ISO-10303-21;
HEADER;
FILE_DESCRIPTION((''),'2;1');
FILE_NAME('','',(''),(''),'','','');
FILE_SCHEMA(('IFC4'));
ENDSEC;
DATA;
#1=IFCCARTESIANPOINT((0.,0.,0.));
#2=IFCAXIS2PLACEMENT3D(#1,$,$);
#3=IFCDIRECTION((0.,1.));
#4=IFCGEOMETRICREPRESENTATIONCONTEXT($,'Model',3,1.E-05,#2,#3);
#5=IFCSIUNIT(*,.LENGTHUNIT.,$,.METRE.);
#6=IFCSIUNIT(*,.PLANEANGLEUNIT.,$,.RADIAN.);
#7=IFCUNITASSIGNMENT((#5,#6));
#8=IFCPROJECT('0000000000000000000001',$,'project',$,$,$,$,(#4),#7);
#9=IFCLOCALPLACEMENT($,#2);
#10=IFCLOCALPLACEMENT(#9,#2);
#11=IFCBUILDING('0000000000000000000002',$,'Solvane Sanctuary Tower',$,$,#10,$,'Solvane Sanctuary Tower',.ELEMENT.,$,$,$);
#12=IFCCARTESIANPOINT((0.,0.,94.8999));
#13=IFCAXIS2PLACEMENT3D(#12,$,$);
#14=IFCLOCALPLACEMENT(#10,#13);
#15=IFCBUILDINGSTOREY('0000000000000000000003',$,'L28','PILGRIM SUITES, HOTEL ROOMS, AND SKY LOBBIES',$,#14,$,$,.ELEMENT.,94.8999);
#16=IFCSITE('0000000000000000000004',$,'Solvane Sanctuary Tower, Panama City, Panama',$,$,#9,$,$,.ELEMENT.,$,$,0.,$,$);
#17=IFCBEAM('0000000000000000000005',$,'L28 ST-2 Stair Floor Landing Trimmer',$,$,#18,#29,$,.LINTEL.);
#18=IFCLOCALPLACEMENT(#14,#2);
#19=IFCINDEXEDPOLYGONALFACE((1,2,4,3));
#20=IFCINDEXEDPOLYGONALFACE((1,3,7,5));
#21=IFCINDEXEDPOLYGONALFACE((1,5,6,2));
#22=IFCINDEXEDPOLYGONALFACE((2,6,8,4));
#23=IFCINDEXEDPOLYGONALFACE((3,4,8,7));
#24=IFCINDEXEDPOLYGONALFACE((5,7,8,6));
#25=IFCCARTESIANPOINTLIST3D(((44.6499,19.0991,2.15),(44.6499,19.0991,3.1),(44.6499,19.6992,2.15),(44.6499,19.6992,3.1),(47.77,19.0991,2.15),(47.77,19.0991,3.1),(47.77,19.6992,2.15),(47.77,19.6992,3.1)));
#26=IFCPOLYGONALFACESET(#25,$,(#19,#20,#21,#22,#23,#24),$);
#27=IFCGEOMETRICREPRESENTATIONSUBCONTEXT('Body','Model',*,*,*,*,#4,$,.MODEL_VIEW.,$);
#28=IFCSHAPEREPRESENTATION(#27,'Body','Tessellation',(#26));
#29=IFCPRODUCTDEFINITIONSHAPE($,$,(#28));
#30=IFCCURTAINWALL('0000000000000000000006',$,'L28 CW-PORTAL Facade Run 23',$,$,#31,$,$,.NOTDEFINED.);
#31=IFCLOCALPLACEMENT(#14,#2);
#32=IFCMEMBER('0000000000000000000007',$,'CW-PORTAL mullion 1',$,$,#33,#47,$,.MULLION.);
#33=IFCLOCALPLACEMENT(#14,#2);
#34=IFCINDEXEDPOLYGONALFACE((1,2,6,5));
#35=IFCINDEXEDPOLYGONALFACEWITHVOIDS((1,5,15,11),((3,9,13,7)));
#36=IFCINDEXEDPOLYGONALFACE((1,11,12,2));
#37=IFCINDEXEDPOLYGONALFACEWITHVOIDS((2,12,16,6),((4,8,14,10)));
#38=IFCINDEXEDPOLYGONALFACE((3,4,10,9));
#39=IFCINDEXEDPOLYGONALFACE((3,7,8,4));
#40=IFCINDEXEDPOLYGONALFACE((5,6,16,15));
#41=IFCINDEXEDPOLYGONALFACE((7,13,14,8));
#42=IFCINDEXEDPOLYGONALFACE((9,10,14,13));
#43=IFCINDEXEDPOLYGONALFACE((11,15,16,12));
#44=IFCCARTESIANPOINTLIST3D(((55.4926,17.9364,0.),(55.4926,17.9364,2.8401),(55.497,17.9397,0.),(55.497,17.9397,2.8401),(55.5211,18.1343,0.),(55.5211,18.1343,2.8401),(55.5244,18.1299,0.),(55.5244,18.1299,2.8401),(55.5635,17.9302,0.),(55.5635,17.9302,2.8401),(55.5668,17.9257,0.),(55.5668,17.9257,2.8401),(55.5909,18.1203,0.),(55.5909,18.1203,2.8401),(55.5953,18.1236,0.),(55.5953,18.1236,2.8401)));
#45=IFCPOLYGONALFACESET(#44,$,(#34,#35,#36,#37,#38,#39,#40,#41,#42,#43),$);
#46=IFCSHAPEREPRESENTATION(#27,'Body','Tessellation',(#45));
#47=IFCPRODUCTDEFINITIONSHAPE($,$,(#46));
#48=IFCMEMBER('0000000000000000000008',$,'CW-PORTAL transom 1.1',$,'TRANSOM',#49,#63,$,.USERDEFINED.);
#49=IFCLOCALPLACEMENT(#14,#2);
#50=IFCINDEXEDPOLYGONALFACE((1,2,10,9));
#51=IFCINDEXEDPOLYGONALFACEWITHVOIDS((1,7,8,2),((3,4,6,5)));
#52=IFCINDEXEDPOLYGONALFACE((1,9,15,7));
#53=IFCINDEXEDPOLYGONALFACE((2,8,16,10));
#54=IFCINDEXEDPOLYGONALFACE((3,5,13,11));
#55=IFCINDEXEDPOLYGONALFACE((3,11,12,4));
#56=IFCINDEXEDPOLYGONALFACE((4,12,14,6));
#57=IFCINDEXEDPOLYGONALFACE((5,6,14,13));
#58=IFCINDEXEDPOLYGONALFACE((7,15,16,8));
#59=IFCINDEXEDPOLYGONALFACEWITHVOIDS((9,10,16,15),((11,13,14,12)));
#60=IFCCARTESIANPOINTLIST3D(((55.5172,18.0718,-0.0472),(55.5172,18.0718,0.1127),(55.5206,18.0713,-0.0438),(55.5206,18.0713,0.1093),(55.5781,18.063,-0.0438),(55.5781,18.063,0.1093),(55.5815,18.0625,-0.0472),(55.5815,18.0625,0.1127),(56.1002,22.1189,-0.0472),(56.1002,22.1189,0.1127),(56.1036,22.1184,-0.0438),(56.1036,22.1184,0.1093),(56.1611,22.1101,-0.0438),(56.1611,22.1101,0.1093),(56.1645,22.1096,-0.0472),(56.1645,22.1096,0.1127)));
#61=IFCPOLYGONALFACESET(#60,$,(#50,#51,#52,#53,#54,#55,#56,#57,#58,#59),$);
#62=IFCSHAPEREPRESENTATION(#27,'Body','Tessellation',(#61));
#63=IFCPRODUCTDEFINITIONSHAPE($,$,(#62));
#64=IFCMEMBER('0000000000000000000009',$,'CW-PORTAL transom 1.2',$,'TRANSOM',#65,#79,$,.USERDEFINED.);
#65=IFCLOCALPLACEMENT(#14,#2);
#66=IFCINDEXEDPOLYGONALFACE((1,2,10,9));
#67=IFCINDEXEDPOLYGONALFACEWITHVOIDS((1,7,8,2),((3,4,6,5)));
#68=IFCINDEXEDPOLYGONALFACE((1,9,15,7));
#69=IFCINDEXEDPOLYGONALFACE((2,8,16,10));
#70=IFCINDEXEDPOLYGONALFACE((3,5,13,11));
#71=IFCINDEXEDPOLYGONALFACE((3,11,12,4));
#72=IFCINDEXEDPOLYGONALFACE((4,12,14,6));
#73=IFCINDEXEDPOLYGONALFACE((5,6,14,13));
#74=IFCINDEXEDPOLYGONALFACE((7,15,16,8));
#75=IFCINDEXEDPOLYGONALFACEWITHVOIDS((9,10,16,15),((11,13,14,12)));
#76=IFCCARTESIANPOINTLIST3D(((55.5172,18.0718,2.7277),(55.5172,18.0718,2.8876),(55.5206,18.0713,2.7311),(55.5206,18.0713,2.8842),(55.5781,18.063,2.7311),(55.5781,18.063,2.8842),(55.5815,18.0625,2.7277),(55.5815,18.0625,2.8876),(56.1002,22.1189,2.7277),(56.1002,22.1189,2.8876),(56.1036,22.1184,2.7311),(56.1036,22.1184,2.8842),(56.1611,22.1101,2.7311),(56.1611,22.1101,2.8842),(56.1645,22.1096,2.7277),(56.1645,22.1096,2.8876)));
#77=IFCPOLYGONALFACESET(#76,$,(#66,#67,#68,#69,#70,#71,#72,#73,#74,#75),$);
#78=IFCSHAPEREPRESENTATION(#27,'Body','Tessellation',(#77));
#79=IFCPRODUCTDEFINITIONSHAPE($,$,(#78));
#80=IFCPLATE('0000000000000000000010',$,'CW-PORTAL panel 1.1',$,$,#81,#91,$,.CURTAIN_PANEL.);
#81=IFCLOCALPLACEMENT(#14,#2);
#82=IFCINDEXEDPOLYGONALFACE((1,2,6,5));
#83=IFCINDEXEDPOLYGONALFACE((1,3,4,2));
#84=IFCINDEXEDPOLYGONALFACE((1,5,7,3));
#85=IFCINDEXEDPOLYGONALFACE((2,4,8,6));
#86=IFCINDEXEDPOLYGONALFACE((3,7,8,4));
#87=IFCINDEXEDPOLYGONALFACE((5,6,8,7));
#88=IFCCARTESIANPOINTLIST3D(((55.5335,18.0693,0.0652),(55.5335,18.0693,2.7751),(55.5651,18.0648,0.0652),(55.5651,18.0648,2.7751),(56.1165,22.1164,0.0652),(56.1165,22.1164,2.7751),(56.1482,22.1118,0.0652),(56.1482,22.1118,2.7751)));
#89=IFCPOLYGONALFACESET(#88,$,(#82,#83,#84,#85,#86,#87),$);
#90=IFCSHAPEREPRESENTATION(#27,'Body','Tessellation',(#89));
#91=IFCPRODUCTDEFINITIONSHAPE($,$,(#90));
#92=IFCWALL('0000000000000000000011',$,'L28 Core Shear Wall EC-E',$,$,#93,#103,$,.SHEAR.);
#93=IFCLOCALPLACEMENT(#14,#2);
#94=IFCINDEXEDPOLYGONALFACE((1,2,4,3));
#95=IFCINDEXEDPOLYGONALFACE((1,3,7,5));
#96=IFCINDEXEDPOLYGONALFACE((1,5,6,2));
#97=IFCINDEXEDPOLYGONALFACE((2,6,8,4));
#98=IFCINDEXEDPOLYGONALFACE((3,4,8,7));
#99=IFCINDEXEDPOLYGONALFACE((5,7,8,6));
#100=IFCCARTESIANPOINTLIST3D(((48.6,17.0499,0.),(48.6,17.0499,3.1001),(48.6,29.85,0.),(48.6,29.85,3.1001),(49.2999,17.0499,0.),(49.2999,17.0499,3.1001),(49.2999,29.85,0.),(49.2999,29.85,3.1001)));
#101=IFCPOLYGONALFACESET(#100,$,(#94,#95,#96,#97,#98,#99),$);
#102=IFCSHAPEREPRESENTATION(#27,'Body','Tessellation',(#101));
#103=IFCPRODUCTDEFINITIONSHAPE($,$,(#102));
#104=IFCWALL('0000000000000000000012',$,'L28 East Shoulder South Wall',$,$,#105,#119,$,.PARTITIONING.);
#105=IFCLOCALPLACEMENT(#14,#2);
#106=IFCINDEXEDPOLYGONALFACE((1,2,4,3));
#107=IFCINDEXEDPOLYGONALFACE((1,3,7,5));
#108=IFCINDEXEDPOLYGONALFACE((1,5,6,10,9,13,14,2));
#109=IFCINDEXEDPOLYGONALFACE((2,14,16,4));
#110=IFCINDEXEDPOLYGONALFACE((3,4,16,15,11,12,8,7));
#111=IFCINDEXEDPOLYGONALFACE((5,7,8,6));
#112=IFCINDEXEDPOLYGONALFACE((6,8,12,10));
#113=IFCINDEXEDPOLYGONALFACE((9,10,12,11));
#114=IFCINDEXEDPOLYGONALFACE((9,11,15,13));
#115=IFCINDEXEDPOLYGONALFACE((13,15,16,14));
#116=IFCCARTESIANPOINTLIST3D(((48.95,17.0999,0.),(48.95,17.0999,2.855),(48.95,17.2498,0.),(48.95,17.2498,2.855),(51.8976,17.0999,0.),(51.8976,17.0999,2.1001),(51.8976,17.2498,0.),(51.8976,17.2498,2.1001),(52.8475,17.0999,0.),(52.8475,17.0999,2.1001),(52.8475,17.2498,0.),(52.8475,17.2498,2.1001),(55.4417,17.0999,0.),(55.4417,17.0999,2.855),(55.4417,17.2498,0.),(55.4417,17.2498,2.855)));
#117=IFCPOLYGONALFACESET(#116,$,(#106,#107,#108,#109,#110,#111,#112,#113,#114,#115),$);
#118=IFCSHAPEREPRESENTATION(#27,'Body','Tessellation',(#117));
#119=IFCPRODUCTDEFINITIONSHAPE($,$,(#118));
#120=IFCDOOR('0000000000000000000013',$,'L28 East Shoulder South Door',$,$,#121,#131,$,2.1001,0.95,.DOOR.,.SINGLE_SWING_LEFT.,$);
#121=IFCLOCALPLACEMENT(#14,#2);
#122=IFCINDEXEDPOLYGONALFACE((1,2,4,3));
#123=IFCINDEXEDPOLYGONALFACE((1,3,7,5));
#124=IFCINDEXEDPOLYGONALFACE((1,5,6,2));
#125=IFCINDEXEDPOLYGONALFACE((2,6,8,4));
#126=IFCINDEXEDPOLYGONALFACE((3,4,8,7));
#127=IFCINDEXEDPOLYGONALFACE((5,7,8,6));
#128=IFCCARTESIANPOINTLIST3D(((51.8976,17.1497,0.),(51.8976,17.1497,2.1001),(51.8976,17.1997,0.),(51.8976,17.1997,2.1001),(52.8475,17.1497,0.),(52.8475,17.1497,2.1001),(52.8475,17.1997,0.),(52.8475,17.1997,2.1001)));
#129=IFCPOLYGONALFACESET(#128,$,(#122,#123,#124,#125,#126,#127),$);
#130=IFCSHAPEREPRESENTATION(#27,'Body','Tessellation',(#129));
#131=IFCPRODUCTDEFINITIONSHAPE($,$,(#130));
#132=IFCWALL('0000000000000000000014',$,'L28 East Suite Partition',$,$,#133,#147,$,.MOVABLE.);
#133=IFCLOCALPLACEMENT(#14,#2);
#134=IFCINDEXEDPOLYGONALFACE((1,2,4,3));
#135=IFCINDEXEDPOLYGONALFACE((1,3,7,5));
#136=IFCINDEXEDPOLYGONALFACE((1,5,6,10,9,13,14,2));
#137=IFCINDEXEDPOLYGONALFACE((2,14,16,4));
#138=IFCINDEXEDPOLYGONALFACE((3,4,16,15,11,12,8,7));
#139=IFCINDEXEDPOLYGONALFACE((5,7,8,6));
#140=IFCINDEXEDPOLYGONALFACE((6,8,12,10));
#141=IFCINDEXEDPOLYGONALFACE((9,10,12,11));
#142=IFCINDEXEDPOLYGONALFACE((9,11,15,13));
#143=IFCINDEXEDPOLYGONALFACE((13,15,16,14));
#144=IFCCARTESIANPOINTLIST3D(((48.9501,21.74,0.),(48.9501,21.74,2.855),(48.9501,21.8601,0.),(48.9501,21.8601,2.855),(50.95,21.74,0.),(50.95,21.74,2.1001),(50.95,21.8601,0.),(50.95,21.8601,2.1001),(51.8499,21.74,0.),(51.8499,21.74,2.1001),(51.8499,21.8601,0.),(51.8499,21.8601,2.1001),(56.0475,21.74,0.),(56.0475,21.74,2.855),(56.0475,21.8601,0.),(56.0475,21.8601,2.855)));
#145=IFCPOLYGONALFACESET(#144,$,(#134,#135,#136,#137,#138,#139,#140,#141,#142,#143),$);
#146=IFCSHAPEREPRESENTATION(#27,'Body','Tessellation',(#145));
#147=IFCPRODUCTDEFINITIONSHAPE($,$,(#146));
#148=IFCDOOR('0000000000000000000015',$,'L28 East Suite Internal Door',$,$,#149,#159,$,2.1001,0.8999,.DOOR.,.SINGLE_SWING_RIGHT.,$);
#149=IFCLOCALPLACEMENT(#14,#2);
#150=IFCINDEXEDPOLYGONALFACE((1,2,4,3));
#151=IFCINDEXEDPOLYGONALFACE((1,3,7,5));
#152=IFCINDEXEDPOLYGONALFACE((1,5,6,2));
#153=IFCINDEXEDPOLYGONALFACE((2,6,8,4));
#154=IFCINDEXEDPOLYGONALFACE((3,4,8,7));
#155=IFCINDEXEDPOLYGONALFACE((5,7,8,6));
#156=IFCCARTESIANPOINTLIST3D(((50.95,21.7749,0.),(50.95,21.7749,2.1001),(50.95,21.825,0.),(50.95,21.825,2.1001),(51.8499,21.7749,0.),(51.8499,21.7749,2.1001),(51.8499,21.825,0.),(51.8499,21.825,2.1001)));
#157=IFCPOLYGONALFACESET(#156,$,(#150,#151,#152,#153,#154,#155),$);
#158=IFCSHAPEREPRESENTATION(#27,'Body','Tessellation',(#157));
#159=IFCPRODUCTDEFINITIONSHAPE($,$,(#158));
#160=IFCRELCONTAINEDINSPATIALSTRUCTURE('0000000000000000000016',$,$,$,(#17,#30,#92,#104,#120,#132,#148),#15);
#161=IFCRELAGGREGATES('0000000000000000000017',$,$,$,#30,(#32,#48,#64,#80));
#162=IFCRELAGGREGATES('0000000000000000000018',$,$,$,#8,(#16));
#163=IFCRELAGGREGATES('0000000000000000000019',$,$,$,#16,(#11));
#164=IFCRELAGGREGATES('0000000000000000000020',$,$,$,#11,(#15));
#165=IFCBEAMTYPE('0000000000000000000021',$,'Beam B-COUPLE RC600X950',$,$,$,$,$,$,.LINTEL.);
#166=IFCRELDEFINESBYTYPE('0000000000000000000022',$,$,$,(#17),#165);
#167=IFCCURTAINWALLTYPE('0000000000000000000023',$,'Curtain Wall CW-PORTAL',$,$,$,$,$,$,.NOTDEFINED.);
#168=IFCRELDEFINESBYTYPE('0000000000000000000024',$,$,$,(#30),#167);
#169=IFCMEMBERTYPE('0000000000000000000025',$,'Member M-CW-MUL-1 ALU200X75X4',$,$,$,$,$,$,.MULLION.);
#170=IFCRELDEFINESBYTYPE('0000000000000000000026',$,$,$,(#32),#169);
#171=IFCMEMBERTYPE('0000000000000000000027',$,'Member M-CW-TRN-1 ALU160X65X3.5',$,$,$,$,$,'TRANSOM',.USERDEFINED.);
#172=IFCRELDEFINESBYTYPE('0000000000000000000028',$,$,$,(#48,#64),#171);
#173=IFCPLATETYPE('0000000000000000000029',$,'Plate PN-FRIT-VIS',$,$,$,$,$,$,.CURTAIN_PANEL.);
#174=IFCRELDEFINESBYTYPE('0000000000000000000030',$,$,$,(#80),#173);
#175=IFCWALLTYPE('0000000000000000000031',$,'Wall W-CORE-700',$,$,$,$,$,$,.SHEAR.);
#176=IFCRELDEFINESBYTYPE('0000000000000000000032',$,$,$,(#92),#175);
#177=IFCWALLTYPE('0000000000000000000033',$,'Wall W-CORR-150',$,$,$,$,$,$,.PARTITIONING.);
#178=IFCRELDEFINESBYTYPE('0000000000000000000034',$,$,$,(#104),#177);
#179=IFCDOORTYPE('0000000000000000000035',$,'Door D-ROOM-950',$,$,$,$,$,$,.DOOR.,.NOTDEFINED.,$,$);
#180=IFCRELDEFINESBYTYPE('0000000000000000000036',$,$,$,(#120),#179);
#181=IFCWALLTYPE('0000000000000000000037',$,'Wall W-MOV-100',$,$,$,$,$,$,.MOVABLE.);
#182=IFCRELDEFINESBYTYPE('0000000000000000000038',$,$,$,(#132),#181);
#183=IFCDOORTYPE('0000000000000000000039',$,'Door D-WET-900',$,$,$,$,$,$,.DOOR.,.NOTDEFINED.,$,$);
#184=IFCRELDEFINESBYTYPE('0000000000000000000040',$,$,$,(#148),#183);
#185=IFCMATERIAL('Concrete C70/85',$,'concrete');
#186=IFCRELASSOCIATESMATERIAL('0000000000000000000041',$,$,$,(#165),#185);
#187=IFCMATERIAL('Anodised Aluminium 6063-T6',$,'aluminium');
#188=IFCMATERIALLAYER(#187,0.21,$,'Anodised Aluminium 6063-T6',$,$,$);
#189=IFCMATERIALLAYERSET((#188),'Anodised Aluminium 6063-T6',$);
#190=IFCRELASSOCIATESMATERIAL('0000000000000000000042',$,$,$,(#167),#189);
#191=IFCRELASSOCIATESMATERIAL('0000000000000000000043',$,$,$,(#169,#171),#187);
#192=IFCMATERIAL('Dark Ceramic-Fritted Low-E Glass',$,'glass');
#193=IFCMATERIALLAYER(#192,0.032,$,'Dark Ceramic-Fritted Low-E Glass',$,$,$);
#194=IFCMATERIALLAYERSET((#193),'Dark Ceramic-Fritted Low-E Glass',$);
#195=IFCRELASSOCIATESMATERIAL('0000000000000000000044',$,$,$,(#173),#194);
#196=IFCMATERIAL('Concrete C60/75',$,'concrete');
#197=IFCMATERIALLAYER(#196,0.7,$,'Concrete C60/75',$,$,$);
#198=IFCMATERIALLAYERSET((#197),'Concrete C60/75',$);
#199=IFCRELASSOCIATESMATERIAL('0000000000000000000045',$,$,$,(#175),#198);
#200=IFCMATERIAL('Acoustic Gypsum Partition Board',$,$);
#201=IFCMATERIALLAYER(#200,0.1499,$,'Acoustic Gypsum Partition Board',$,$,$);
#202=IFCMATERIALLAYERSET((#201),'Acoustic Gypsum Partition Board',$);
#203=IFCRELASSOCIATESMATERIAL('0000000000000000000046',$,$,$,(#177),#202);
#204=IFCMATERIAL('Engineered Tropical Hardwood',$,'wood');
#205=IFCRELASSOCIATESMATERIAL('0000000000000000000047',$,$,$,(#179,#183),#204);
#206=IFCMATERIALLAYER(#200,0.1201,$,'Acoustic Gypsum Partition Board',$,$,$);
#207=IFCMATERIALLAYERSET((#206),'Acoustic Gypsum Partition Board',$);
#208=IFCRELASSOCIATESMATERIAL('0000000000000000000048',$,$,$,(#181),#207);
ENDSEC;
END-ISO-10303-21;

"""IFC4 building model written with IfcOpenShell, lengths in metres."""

from ifc_helpers import new_model, si_unit, direction, frame, frame_2d, origin, origin_2d, place, context, subcontext, project, spatial, rectangle, hollow_rectangle, extrude, material, layer, layer_set, material_profile, profile_set, type_object, element, fill, aggregate, save


model = new_model("IFC4")

# Units and contexts
model_context = context("Model", 3, precision=1e-05, world=origin(), true_north=direction((0.0, 1.0)))
body_context = subcontext(model_context, "Body", "Model", "MODEL_VIEW")
ifc_project = project(units=[si_unit("LENGTHUNIT", "METRE"), si_unit("PLANEANGLEUNIT", "RADIAN")], contexts=[model_context])

# Site, building, storey
site_placement = place(None, origin())
site = spatial("IfcSite", under=ifc_project, at=site_placement, Name="Solvane Sanctuary Tower, Panama City, Panama", CompositionType="ELEMENT", RefElevation=0.0)
building_placement = place(site_placement, origin())
building = spatial("IfcBuilding", under=site, at=building_placement, Name="Solvane Sanctuary Tower", LongName="Solvane Sanctuary Tower", CompositionType="ELEMENT")
storey_placement = place(building_placement, frame((0.0, 0.0, 94.8999)))
storey = spatial("IfcBuildingStorey", under=building, at=storey_placement, Name="L28", Description="PILGRIM SUITES, HOTEL ROOMS, AND SKY LOBBIES", CompositionType="ELEMENT", Elevation=94.8999)

# Beam
ifc_material_1 = material(Name="Concrete C70/85", Category="concrete")
ifc_material_profile_1 = material_profile(ifc_material_1, rectangle(XDim=0.6001, YDim=0.95, at=origin_2d()), Name="RC600X950")
ifc_profile_set_1 = profile_set([ifc_material_profile_1], Name="Concrete C70/85")
beam_type = type_object("IfcBeamType", Name="Beam B-COUPLE RC600X950", PredefinedType="LINTEL", material=ifc_profile_set_1)
beam_placement = place(storey_placement, frame((44.6499, 19.3992, 2.625), z_axis=(1.0, 0.0, 0.0), x_axis=(0.0, 1.0, 0.0)))
element("IfcBeam", 1, at=beam_placement, inside=storey, type_object=beam_type, Name="L28 ST-2 Stair Floor Landing Trimmer", PredefinedType="LINTEL", context=body_context, shape_type="SweptSolid", body=[
    extrude(rectangle(XDim=0.6001, YDim=0.95, at=origin_2d()), origin(), (0.0, 0.0, 1.0), 3.1201),
])

# Curtain wall, members, plate
ifc_material_2 = material(Name="Anodised Aluminium 6063-T6", Category="aluminium")
ifc_layer_1 = layer(ifc_material_2, 0.21, Name="Anodised Aluminium 6063-T6")
ifc_layer_set_1 = layer_set([ifc_layer_1], Name="Anodised Aluminium 6063-T6")
curtain_wall_type = type_object("IfcCurtainWallType", Name="Curtain Wall CW-PORTAL", PredefinedType="NOTDEFINED", material=ifc_layer_set_1)
curtain_wall_placement = place(storey_placement, origin())
curtain_wall = element("IfcCurtainWall", 2, at=curtain_wall_placement, inside=storey, type_object=curtain_wall_type, Name="L28 CW-PORTAL Facade Run 23", PredefinedType="NOTDEFINED")
ifc_material_profile_2 = material_profile(ifc_material_2, hollow_rectangle(XDim=0.075, YDim=0.2, WallThickness=0.0039, at=origin_2d()), Name="ALU200X75X4")
ifc_profile_set_2 = profile_set([ifc_material_profile_2], Name="Anodised Aluminium 6063-T6")
member_type_1 = type_object("IfcMemberType", Name="Member M-CW-MUL-1 ALU200X75X4", PredefinedType="MULLION", material=ifc_profile_set_2)
member_1_placement = place(storey_placement, frame((55.5439, 18.03, 0.0), z_axis=(0.0, 0.0, 1.0), x_axis=(-0.989782, 0.142587, 0.0)))
member_1 = element("IfcMember", 3, at=member_1_placement, type_object=member_type_1, Name="CW-PORTAL mullion 1", PredefinedType="MULLION", context=body_context, shape_type="SweptSolid", body=[
    extrude(hollow_rectangle(XDim=0.075, YDim=0.2, WallThickness=0.0039, at=origin_2d()), origin(), (0.0, 0.0, 1.0), 2.8401),
])
ifc_material_profile_3 = material_profile(ifc_material_2, hollow_rectangle(XDim=0.0649, YDim=0.1599, WallThickness=0.0034, at=origin_2d()), Name="ALU160X65X3.5")
ifc_profile_set_3 = profile_set([ifc_material_profile_3], Name="Anodised Aluminium 6063-T6")
member_type_2 = type_object("IfcMemberType", Name="Member M-CW-TRN-1 ALU160X65X3.5", ElementType="TRANSOM", PredefinedType="USERDEFINED", material=ifc_profile_set_3)
member_2_placement = place(storey_placement, frame((55.5493, 18.0671, 0.0327), z_axis=(0.142583, 0.989783, 0.0), x_axis=(-0.989783, 0.142583, 0.0)))
member_2 = element("IfcMember", 4, at=member_2_placement, type_object=member_type_2, Name="CW-PORTAL transom 1.1", ObjectType="TRANSOM", PredefinedType="USERDEFINED", context=body_context, shape_type="SweptSolid", body=[
    extrude(hollow_rectangle(XDim=0.0649, YDim=0.1599, WallThickness=0.0034, at=origin_2d()), origin(), (0.0, 0.0, 1.0), 4.0889),
])
member_3_placement = place(storey_placement, frame((55.5493, 18.0671, 2.8076), z_axis=(0.142583, 0.989783, 0.0), x_axis=(-0.989783, 0.142583, 0.0)))
member_3 = element("IfcMember", 5, at=member_3_placement, type_object=member_type_2, Name="CW-PORTAL transom 1.2", ObjectType="TRANSOM", PredefinedType="USERDEFINED", context=body_context, shape_type="SweptSolid", body=[
    extrude(hollow_rectangle(XDim=0.0649, YDim=0.1599, WallThickness=0.0034, at=origin_2d()), origin(), (0.0, 0.0, 1.0), 4.0889),
])
ifc_material_3 = material(Name="Dark Ceramic-Fritted Low-E Glass", Category="glass")
ifc_layer_2 = layer(ifc_material_3, 0.032, Name="Dark Ceramic-Fritted Low-E Glass")
ifc_layer_set_2 = layer_set([ifc_layer_2], Name="Dark Ceramic-Fritted Low-E Glass")
plate_type = type_object("IfcPlateType", Name="Plate PN-FRIT-VIS", PredefinedType="CURTAIN_PANEL", material=ifc_layer_set_2)
plate_placement = place(storey_placement, frame((55.8408, 20.0906, 0.0652), z_axis=(0.0, 0.0, 1.0), x_axis=(0.142587, 0.989782, 0.0)))
plate = element("IfcPlate", 6, at=plate_placement, type_object=plate_type, Name="CW-PORTAL panel 1.1", PredefinedType="CURTAIN_PANEL", context=body_context, shape_type="SweptSolid", body=[
    extrude(rectangle(XDim=4.0889, YDim=0.032, at=origin_2d()), origin(), (0.0, 0.0, 1.0), 2.71),
])
aggregate(curtain_wall, [member_1, member_2, member_3, plate])

# Wall
ifc_material_4 = material(Name="Concrete C60/75", Category="concrete")
ifc_layer_3 = layer(ifc_material_4, 0.7, Name="Concrete C60/75")
ifc_layer_set_3 = layer_set([ifc_layer_3], Name="Concrete C60/75")
wall_type_1 = type_object("IfcWallType", Name="Wall W-CORE-700", PredefinedType="SHEAR", material=ifc_layer_set_3)
wall_1_placement = place(storey_placement, frame((48.95, 17.05, 0.0), z_axis=(0.0, 0.0, 1.0), x_axis=(0.0, 1.0, 0.0)))
element("IfcWall", 7, at=wall_1_placement, inside=storey, type_object=wall_type_1, Name="L28 Core Shear Wall EC-E", PredefinedType="SHEAR", context=body_context, shape_type="SweptSolid", body=[
    extrude(rectangle(XDim=12.8, YDim=0.7, at=frame_2d((6.3999, 0.0))), origin(), (0.0, 0.0, 1.0), 3.1001),
])

# Walls, openings, doors
ifc_material_5 = material(Name="Acoustic Gypsum Partition Board")
ifc_layer_4 = layer(ifc_material_5, 0.1499, Name="Acoustic Gypsum Partition Board")
ifc_layer_set_4 = layer_set([ifc_layer_4], Name="Acoustic Gypsum Partition Board")
wall_type_2 = type_object("IfcWallType", Name="Wall W-CORR-150", PredefinedType="PARTITIONING", material=ifc_layer_set_4)
wall_2_placement = place(storey_placement, frame((48.95, 17.1748, 0.0), z_axis=(0.0, 0.0, 1.0), x_axis=(1.0, 0.0, 0.0)))
wall_2 = element("IfcWall", 8, at=wall_2_placement, inside=storey, type_object=wall_type_2, Name="L28 East Shoulder South Wall", PredefinedType="PARTITIONING", context=body_context, shape_type="SweptSolid", body=[
    extrude(rectangle(XDim=6.4917, YDim=0.1499, at=frame_2d((3.2458, 0.0))), origin(), (0.0, 0.0, 1.0), 2.855),
])
opening_1_placement = place(wall_2_placement, frame((2.9475, 0.0, 0.0)))
opening_1 = element("IfcOpeningElement", 9, at=opening_1_placement, cuts=wall_2, PredefinedType="OPENING", context=body_context, shape_type="SweptSolid", body=[
    extrude(rectangle(XDim=0.95, YDim=2.1001, at=frame_2d((0.4751, 1.05))), frame((0.0, 0.085, 0.0), z_axis=(0.0, -1.0, 0.0), x_axis=(1.0, 0.0, 0.0)), (0.0, 0.0, 1.0), 0.1699),
])
ifc_material_6 = material(Name="Engineered Tropical Hardwood", Category="wood")
door_type_1 = type_object("IfcDoorType", Name="Door D-ROOM-950", OperationType="NOTDEFINED", PredefinedType="DOOR", material=ifc_material_6)
door_1_placement = place(opening_1_placement, origin())
door_1 = element("IfcDoor", 10, at=door_1_placement, inside=storey, type_object=door_type_1, Name="L28 East Shoulder South Door", OperationType="SINGLE_SWING_LEFT", OverallHeight=2.1001, OverallWidth=0.95, PredefinedType="DOOR", context=body_context, shape_type="SweptSolid", body=[
    extrude(rectangle(XDim=0.95, YDim=2.1001, at=frame_2d((0.4751, 1.05))), frame((0.0, 0.0249, 0.0), z_axis=(0.0, -1.0, 0.0), x_axis=(1.0, 0.0, 0.0)), (0.0, 0.0, 1.0), 0.05),
])
fill(opening_1, door_1)
ifc_layer_5 = layer(ifc_material_5, 0.1201, Name="Acoustic Gypsum Partition Board")
ifc_layer_set_5 = layer_set([ifc_layer_5], Name="Acoustic Gypsum Partition Board")
wall_type_3 = type_object("IfcWallType", Name="Wall W-MOV-100", PredefinedType="MOVABLE", material=ifc_layer_set_5)
wall_3_placement = place(storey_placement, frame((48.95, 21.8, 0.0), z_axis=(0.0, 0.0, 1.0), x_axis=(1.0, 0.0, 0.0)))
wall_3 = element("IfcWall", 11, at=wall_3_placement, inside=storey, type_object=wall_type_3, Name="L28 East Suite Partition", PredefinedType="MOVABLE", context=body_context, shape_type="SweptSolid", body=[
    extrude(rectangle(XDim=7.0974, YDim=0.1201, at=frame_2d((3.5488, 0.0))), origin(), (0.0, 0.0, 1.0), 2.855),
])
opening_2_placement = place(wall_3_placement, frame((2.0, 0.0, 0.0)))
opening_2 = element("IfcOpeningElement", 12, at=opening_2_placement, cuts=wall_3, PredefinedType="OPENING", context=body_context, shape_type="SweptSolid", body=[
    extrude(rectangle(XDim=0.8999, YDim=2.1001, at=frame_2d((0.45, 1.05))), frame((0.0, 0.0701, 0.0), z_axis=(0.0, -1.0, 0.0), x_axis=(1.0, 0.0, 0.0)), (0.0, 0.0, 1.0), 0.1401),
])
door_type_2 = type_object("IfcDoorType", Name="Door D-WET-900", OperationType="NOTDEFINED", PredefinedType="DOOR", material=ifc_material_6)
door_2_placement = place(opening_2_placement, origin())
door_2 = element("IfcDoor", 13, at=door_2_placement, inside=storey, type_object=door_type_2, Name="L28 East Suite Internal Door", OperationType="SINGLE_SWING_RIGHT", OverallHeight=2.1001, OverallWidth=0.8999, PredefinedType="DOOR", context=body_context, shape_type="SweptSolid", body=[
    extrude(rectangle(XDim=0.8999, YDim=2.1001, at=frame_2d((0.45, 1.05))), frame((0.0, 0.0249, 0.0), z_axis=(0.0, -1.0, 0.0), x_axis=(1.0, 0.0, 0.0)), (0.0, 0.0, 1.0), 0.05),
])
fill(opening_2, door_2)

save(model, "model.ifc")
